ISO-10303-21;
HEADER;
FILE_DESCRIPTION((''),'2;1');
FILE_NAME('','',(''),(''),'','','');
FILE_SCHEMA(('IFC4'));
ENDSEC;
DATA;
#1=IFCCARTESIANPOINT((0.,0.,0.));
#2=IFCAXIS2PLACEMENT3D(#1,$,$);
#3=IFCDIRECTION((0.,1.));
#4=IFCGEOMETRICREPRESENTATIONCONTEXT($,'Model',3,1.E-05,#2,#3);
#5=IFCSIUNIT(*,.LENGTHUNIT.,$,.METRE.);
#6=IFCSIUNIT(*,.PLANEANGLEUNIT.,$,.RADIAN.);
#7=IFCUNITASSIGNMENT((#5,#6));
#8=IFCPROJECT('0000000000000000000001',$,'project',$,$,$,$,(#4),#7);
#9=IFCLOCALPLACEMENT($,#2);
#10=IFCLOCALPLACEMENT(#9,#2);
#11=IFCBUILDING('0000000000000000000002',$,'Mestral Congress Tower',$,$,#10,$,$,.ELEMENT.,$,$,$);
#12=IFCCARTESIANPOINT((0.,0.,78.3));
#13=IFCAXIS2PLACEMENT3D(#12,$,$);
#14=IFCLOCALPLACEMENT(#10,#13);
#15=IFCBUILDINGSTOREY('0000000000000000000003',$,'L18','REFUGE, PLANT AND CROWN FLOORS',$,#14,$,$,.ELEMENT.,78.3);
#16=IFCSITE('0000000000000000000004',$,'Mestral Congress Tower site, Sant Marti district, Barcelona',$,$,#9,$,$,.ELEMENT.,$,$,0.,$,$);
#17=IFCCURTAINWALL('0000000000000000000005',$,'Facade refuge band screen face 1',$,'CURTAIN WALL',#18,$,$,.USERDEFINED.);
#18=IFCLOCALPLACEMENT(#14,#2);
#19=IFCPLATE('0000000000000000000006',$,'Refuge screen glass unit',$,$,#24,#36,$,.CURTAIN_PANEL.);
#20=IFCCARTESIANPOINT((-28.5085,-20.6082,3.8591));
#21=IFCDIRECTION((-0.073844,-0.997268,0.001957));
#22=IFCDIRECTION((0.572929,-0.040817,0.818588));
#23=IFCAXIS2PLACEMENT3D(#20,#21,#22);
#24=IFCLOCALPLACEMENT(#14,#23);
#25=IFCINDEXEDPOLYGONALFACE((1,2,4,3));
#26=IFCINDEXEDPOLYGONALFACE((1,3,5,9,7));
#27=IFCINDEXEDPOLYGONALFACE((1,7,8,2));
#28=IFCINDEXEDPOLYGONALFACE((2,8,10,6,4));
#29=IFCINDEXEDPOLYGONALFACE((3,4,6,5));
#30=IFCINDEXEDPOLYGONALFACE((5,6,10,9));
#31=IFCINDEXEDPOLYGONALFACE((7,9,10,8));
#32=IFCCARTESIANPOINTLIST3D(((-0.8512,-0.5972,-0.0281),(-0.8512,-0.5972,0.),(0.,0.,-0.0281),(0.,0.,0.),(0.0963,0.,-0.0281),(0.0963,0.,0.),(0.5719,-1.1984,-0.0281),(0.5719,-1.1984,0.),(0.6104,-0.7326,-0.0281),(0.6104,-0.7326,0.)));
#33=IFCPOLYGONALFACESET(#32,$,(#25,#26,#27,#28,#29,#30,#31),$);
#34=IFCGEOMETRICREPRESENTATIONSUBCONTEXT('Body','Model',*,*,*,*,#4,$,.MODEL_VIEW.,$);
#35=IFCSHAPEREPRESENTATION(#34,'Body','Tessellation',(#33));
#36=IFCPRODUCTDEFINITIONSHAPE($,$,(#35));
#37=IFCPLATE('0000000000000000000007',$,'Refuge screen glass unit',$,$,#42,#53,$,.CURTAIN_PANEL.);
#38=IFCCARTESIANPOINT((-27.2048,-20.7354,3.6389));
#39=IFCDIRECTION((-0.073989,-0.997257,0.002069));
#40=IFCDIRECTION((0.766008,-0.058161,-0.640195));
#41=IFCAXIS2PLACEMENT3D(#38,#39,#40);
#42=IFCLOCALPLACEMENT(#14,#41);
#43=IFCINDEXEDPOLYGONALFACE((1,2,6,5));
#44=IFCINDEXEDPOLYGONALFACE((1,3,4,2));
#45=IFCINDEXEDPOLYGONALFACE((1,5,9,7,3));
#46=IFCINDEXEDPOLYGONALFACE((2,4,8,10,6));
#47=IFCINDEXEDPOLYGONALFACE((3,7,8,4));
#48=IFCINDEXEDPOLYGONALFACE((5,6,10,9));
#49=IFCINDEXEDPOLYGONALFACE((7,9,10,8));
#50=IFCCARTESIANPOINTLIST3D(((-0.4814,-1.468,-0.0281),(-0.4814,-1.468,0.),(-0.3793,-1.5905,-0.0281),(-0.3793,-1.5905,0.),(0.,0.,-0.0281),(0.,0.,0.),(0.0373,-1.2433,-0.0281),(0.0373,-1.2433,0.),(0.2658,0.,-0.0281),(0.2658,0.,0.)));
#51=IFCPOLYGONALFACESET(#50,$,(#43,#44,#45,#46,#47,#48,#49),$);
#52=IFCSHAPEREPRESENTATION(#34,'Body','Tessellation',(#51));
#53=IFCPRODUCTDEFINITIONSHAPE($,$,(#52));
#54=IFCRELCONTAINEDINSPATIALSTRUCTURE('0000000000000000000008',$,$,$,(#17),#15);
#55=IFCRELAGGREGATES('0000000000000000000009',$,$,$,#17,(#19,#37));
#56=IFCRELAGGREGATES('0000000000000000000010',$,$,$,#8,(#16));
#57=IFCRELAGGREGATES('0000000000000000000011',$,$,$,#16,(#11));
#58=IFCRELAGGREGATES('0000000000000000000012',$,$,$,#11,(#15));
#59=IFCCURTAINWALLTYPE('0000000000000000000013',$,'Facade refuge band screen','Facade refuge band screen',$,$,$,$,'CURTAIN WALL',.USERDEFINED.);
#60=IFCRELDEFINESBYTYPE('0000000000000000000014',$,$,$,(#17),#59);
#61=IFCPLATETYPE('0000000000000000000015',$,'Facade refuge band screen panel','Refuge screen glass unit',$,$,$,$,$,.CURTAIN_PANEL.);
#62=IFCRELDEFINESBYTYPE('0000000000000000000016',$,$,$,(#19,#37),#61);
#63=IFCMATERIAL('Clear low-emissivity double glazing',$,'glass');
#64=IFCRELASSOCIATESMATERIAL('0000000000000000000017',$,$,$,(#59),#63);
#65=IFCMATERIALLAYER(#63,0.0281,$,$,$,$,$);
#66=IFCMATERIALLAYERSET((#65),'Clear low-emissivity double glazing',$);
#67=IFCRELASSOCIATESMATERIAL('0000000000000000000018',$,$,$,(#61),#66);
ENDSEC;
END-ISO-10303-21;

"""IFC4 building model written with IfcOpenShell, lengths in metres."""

from ifc_helpers import new_model, si_unit, direction, frame, origin, place, context, subcontext, project, spatial, polyline, outline, extrude, material, layer, layer_set, type_object, element, aggregate, save


model = new_model("IFC4")

# Units and contexts
model_context = context("Model", 3, precision=1e-05, world=origin(), true_north=direction((0.0, 1.0)))
body_context = subcontext(model_context, "Body", "Model", "MODEL_VIEW")
ifc_project = project(units=[si_unit("LENGTHUNIT", "METRE"), si_unit("PLANEANGLEUNIT", "RADIAN")], contexts=[model_context])

# Site, building, storey
site_placement = place(None, origin())
site = spatial("IfcSite", under=ifc_project, at=site_placement, Name="Mestral Congress Tower site, Sant Marti district, Barcelona", CompositionType="ELEMENT", RefElevation=0.0)
building_placement = place(site_placement, origin())
building = spatial("IfcBuilding", under=site, at=building_placement, Name="Mestral Congress Tower", CompositionType="ELEMENT")
storey_placement = place(building_placement, frame((0.0, 0.0, 78.3)))
storey = spatial("IfcBuildingStorey", under=building, at=storey_placement, Name="L18", Description="REFUGE, PLANT AND CROWN FLOORS", CompositionType="ELEMENT", Elevation=78.3)

# Shared definitions
ifc_material_1 = material(Name="Clear low-emissivity double glazing", Category="glass")
curtain_wall_type = type_object("IfcCurtainWallType", Name="Facade refuge band screen", Description="Facade refuge band screen", ElementType="CURTAIN WALL", PredefinedType="USERDEFINED", material=ifc_material_1)
placement = place(storey_placement, origin())

# Curtain wall
curtain_wall_1 = element("IfcCurtainWall", 1, at=placement, inside=storey, type_object=curtain_wall_type, Name="Facade refuge band screen face 1", ObjectType="CURTAIN WALL", PredefinedType="USERDEFINED")

# Plates
ifc_layer_1 = layer(ifc_material_1, 0.0281)
ifc_layer_set_1 = layer_set([ifc_layer_1], Name="Clear low-emissivity double glazing")
plate_type_1 = type_object("IfcPlateType", Name="Facade refuge band screen panel", Description="Refuge screen glass unit", PredefinedType="CURTAIN_PANEL", material=ifc_layer_set_1)
plate_1_placement = place(storey_placement, frame((-28.5085, -20.6082, 3.8591), z_axis=(-0.073844, -0.997268, 0.001957), x_axis=(0.572929, -0.040817, 0.818588)))
plate_1 = element("IfcPlate", 2, at=plate_1_placement, type_object=plate_type_1, Name="Refuge screen glass unit", PredefinedType="CURTAIN_PANEL", context=body_context, shape_type="SweptSolid", body=[
    extrude(outline(polyline([(0.0, 0.0), (0.0963, 0.0), (0.6104, -0.7326), (0.5719, -1.1984), (-0.8512, -0.5972), (0.0, 0.0)])), origin(), (0.0, 0.0, -1.0), 0.0281),
])
plate_2_placement = place(storey_placement, frame((-27.2048, -20.7354, 3.6389), z_axis=(-0.073989, -0.997257, 0.002069), x_axis=(0.766008, -0.058161, -0.640195)))
plate_2 = element("IfcPlate", 3, at=plate_2_placement, type_object=plate_type_1, Name="Refuge screen glass unit", PredefinedType="CURTAIN_PANEL", context=body_context, shape_type="SweptSolid", body=[
    extrude(outline(polyline([(0.0, 0.0), (0.2658, 0.0), (0.0373, -1.2433), (-0.3793, -1.5905), (-0.4814, -1.468), (0.0, 0.0)])), origin(), (0.0, 0.0, -1.0), 0.0281),
])

aggregate(curtain_wall_1, [plate_1, plate_2])

save(model, "model.ifc")
